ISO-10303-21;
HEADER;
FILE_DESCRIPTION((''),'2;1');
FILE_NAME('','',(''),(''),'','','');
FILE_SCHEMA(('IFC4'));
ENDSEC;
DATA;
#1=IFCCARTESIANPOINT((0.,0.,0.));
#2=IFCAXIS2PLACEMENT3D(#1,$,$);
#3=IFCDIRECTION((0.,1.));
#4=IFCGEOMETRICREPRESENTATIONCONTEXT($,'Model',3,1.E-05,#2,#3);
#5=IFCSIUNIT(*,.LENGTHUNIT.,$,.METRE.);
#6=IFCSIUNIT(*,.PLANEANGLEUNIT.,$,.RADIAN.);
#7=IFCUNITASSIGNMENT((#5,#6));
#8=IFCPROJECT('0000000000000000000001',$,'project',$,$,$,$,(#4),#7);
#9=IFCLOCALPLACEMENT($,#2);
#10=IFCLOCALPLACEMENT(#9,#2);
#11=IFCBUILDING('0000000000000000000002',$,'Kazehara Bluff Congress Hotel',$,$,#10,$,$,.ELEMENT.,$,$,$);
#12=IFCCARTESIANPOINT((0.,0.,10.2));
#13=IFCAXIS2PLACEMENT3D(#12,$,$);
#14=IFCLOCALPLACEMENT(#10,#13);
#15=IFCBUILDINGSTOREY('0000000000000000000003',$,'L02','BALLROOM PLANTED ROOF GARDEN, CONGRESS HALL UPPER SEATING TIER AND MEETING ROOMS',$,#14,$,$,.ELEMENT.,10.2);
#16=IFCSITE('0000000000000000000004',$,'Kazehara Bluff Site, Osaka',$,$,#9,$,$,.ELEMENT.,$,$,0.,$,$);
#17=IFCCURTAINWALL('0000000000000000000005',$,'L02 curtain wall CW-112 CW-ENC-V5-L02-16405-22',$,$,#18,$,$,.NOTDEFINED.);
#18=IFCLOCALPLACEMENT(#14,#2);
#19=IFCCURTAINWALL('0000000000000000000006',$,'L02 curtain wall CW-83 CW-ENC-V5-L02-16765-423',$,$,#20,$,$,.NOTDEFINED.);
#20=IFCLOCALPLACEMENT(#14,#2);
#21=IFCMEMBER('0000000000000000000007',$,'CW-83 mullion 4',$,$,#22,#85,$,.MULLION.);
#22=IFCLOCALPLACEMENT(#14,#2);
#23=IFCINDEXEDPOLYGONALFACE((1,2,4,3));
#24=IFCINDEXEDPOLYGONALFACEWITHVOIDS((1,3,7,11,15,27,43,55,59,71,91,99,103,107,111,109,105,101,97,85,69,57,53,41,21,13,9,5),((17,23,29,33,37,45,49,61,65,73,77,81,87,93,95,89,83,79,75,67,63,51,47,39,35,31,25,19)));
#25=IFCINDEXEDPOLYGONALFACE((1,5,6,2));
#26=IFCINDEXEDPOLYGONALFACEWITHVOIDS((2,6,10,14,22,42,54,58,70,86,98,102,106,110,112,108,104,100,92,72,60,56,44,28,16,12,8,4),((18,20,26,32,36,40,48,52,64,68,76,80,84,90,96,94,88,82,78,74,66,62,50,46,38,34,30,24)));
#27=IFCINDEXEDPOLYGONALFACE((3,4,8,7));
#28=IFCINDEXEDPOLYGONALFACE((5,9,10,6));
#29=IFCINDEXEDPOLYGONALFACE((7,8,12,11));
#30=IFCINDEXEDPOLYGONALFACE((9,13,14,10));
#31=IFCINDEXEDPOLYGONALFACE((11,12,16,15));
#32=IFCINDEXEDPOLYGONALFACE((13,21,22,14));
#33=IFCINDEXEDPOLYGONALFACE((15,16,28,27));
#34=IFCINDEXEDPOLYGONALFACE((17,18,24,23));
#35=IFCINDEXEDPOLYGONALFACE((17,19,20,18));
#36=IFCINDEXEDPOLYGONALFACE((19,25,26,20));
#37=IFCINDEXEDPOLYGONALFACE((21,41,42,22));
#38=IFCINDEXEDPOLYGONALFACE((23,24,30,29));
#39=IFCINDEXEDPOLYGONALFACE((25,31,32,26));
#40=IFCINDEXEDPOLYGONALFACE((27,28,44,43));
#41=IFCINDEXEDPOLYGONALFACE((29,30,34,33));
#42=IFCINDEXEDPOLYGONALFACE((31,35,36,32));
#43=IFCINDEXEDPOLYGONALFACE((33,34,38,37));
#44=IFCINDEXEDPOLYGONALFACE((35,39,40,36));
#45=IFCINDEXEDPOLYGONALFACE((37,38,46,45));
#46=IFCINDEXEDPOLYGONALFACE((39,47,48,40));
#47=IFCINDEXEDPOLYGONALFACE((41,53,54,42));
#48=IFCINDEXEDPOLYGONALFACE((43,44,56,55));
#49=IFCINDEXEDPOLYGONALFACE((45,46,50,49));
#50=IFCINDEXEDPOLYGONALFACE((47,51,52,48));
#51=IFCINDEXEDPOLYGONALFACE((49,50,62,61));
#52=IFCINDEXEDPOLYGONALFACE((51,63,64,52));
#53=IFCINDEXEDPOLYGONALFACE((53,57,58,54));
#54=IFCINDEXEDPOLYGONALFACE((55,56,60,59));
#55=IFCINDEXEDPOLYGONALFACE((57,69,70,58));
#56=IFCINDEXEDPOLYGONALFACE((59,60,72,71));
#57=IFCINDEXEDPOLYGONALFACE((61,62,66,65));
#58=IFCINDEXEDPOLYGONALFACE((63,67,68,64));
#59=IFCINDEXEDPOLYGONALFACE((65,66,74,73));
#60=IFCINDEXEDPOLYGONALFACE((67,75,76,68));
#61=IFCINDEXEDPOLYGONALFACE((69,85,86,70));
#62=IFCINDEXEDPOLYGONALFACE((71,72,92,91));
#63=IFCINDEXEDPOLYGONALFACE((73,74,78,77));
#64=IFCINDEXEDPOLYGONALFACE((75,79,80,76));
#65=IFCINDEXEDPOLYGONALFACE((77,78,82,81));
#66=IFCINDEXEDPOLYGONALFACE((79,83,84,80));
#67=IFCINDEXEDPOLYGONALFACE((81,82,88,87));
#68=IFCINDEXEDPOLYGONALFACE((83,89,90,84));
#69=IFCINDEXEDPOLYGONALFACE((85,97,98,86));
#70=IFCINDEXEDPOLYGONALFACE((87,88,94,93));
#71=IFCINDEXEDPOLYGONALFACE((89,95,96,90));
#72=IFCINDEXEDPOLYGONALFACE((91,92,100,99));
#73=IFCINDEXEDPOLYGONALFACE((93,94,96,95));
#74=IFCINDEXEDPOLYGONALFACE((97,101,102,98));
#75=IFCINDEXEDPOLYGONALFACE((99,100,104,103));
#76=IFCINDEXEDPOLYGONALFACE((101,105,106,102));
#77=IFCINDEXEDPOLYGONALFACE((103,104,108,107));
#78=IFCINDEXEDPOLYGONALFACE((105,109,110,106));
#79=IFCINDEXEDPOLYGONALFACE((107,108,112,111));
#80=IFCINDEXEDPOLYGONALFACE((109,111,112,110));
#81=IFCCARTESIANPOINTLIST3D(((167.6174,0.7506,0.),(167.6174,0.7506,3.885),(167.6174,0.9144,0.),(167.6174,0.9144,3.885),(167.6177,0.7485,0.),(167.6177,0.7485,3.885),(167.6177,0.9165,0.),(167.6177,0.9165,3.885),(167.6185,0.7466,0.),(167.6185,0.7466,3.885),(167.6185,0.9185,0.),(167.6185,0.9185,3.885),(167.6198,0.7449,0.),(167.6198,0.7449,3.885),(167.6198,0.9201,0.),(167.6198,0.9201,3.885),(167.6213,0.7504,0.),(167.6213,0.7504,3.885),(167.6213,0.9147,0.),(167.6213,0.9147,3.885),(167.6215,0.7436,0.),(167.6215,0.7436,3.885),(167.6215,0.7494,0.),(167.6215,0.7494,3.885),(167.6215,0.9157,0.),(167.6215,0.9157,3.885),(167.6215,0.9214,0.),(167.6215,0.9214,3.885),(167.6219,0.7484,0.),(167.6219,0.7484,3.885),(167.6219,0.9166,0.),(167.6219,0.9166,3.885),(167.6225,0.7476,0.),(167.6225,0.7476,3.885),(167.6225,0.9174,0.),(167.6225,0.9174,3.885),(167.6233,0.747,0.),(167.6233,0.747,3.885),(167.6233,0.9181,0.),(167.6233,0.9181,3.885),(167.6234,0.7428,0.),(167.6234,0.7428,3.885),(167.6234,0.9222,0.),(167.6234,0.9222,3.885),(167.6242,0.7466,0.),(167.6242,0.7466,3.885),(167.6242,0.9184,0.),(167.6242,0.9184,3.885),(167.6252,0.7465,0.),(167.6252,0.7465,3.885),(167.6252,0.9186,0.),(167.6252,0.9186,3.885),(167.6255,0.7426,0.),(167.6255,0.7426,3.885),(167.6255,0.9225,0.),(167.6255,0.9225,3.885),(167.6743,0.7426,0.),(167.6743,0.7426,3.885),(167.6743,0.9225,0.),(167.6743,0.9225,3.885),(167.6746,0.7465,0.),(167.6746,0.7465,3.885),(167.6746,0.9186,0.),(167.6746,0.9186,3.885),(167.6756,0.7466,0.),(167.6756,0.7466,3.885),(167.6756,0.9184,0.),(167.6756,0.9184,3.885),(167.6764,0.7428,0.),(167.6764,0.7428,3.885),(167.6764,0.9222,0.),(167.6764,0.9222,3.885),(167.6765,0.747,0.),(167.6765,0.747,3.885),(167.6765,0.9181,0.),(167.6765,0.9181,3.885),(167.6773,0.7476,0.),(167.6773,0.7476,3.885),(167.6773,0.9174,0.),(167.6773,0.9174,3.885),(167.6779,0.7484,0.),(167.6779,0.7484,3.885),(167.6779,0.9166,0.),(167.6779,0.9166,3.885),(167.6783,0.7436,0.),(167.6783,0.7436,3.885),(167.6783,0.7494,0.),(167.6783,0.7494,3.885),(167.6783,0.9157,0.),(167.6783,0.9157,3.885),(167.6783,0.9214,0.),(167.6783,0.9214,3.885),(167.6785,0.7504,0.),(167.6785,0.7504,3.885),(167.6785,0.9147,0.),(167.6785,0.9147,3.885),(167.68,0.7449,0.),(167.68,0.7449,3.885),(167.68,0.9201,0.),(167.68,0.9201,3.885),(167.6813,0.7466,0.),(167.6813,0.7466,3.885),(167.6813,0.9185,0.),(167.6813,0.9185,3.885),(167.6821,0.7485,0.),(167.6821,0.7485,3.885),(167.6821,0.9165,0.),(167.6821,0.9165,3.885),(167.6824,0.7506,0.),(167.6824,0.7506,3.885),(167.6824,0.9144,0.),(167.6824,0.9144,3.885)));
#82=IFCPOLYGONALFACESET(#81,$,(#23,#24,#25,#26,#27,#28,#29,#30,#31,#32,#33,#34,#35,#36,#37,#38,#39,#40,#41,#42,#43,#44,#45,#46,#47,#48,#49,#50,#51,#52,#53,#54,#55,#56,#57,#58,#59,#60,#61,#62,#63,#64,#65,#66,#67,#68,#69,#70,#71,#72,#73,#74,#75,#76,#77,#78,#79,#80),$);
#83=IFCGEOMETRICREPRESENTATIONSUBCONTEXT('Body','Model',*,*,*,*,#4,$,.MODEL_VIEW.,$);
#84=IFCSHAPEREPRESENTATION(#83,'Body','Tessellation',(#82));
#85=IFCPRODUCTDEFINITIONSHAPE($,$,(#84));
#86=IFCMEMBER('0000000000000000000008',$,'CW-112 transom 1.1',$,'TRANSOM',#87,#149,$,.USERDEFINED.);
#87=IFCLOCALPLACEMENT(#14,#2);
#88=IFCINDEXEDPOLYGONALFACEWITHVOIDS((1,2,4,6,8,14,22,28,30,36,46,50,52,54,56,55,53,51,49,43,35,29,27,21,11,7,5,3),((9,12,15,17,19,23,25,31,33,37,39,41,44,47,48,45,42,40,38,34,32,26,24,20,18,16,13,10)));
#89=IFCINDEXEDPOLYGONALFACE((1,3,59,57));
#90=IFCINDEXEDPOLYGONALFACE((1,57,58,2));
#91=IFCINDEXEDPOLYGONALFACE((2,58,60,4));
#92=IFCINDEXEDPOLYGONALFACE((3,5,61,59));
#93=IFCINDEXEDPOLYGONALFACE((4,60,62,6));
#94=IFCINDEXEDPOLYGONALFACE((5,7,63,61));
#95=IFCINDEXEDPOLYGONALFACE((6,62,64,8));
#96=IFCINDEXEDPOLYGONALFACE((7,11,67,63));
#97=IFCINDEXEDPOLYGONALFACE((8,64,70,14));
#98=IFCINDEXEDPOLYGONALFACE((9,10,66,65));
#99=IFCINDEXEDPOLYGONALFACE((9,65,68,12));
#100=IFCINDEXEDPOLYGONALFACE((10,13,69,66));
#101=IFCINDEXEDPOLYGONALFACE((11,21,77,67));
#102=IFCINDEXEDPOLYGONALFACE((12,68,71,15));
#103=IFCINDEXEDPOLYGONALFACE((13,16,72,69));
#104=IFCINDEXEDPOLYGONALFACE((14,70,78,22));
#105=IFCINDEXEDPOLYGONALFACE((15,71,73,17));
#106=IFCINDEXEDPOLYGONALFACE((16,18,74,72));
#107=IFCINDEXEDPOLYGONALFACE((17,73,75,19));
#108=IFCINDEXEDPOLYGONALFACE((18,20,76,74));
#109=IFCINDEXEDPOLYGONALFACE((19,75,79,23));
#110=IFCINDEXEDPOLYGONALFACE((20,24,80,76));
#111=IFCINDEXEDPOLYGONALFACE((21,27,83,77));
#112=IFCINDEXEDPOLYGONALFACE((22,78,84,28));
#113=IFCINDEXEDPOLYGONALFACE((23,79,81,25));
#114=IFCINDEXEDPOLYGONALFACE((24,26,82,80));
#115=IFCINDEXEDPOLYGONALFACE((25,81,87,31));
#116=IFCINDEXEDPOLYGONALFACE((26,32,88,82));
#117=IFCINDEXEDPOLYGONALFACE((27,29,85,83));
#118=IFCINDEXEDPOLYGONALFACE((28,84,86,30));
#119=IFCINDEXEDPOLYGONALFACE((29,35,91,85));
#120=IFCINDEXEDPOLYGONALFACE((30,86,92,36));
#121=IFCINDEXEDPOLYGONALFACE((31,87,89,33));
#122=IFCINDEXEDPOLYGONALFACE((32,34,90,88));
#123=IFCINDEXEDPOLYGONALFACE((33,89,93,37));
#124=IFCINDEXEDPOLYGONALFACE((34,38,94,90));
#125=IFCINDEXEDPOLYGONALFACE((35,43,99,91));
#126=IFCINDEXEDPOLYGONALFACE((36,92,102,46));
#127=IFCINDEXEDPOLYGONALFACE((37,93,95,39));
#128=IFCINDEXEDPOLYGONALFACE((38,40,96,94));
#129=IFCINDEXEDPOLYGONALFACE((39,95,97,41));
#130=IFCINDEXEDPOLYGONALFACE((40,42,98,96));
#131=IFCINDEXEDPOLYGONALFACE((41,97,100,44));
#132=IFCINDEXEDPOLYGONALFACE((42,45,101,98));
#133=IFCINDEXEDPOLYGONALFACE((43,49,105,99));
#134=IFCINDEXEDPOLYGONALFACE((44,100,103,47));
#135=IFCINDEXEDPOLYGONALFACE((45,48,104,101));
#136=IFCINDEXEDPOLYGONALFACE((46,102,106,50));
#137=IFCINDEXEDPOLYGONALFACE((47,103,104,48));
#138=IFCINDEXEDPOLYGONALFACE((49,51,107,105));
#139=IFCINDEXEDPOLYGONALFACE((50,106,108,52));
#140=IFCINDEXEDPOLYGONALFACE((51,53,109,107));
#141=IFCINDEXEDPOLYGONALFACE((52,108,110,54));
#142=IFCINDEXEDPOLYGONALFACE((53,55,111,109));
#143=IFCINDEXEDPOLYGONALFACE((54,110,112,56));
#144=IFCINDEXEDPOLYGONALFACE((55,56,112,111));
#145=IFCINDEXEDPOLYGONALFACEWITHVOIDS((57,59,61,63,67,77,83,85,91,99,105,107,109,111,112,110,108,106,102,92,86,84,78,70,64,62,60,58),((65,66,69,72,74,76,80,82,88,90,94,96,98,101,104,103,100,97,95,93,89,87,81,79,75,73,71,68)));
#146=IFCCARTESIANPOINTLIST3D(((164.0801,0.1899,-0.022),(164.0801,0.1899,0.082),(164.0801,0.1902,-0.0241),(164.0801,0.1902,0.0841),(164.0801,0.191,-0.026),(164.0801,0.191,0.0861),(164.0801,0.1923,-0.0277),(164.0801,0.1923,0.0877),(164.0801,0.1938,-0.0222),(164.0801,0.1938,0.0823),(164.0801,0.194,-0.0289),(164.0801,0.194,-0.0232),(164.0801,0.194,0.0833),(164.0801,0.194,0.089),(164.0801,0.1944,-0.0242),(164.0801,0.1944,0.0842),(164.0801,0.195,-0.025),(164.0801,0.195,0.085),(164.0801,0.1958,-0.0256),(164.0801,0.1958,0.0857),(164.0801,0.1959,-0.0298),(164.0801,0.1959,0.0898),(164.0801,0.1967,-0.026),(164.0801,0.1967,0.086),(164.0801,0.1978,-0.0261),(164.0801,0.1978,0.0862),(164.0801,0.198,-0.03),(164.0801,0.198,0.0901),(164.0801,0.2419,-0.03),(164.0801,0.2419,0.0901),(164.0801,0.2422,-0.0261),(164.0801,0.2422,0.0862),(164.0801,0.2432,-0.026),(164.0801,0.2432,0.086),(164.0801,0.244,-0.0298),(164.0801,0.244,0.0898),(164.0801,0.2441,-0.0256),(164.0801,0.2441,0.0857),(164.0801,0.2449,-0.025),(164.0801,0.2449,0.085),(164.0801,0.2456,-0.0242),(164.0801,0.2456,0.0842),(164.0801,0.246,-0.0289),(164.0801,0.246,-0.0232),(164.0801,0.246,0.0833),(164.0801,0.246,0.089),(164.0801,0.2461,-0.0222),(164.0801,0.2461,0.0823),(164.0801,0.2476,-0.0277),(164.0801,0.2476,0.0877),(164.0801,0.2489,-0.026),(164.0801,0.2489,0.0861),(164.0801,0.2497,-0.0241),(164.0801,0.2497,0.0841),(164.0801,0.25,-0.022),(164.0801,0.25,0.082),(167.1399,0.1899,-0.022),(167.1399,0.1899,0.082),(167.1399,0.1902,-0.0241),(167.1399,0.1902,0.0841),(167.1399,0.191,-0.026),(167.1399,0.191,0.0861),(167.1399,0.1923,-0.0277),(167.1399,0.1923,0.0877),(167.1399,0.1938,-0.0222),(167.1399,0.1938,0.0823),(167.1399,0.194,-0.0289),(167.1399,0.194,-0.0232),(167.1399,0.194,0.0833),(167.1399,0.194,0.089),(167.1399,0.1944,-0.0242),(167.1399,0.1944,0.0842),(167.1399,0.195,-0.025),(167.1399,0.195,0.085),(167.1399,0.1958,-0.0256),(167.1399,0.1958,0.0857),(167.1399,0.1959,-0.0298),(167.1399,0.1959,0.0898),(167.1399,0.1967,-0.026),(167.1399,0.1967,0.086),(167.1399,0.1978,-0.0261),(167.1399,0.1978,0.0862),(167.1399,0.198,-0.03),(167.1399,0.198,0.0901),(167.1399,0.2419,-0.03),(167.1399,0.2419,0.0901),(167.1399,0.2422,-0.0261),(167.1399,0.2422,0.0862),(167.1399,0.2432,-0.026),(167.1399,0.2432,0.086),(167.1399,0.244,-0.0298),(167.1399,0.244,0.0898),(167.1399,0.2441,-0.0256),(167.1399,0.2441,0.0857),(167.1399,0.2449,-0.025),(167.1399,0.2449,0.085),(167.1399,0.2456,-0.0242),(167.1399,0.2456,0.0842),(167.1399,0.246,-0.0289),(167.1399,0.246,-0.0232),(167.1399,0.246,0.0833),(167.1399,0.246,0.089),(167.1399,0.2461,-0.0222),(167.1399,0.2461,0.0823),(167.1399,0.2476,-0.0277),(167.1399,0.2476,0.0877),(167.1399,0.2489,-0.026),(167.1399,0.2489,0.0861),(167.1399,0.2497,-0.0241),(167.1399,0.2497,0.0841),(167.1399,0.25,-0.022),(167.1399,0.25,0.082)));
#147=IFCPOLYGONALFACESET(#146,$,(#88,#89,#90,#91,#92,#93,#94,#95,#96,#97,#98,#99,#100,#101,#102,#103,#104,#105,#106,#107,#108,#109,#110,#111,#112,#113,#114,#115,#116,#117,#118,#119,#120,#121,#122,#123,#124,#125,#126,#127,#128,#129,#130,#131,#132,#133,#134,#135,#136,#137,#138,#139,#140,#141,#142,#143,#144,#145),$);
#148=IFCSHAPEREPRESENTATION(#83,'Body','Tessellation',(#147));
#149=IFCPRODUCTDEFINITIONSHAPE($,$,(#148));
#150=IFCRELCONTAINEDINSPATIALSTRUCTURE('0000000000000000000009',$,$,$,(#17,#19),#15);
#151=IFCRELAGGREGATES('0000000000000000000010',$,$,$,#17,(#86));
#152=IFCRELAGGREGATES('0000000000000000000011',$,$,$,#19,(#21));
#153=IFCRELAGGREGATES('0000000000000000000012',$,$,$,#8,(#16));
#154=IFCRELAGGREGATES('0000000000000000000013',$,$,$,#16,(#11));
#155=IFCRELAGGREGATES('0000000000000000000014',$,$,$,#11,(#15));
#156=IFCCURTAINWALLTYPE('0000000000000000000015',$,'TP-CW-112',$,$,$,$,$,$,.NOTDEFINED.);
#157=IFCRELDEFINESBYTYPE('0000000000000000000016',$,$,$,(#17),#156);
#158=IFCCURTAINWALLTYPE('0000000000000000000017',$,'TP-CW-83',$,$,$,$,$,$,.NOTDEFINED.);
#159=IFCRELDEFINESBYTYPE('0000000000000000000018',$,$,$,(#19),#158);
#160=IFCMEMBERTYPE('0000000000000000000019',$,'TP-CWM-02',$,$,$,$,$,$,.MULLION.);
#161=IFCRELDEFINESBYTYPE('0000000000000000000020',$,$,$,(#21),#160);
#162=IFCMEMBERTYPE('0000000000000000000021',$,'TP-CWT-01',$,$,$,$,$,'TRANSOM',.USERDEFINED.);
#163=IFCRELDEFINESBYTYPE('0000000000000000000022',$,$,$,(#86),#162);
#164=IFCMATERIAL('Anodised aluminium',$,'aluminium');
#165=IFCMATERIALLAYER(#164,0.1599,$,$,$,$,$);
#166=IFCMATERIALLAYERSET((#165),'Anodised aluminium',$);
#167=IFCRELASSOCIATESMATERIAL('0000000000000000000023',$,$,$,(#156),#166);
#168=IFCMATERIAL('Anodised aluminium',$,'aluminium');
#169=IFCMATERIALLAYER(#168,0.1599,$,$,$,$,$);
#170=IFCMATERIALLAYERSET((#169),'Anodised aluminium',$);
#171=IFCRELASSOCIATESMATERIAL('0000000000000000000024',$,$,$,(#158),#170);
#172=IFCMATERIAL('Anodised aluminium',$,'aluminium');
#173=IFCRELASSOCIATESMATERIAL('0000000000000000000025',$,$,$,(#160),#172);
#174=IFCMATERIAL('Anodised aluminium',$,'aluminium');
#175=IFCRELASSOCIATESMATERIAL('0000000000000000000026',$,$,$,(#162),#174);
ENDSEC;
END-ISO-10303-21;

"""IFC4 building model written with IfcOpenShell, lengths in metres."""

from ifc_helpers import new_model, si_unit, direction, frame, origin, origin_2d, place, context, subcontext, project, spatial, hollow_rectangle, extrude, material, layer, layer_set, material_profile, profile_set, type_object, element, aggregate, save


model = new_model("IFC4")

# Units and contexts
model_context = context("Model", 3, precision=1e-05, world=origin(), true_north=direction((0.0, 1.0)))
body_context = subcontext(model_context, "Body", "Model", "MODEL_VIEW")
ifc_project = project(units=[si_unit("LENGTHUNIT", "METRE"), si_unit("PLANEANGLEUNIT", "RADIAN")], contexts=[model_context])

# Site, building, storey
site_placement = place(None, origin())
site = spatial("IfcSite", under=ifc_project, at=site_placement, Name="Kazehara Bluff Site, Osaka", CompositionType="ELEMENT", RefElevation=0.0)
building_placement = place(site_placement, origin())
building = spatial("IfcBuilding", under=site, at=building_placement, Name="Kazehara Bluff Congress Hotel", CompositionType="ELEMENT")
storey_placement = place(building_placement, frame((0.0, 0.0, 10.2)))
storey = spatial("IfcBuildingStorey", under=building, at=storey_placement, Name="L02", Description="BALLROOM PLANTED ROOF GARDEN, CONGRESS HALL UPPER SEATING TIER AND MEETING ROOMS", CompositionType="ELEMENT", Elevation=10.2)

# Curtain walls, member
ifc_material_1 = material(Name="Anodised aluminium", Category="aluminium")
ifc_layer_1 = layer(ifc_material_1, 0.1599)
ifc_layer_set_1 = layer_set([ifc_layer_1], Name="Anodised aluminium")
curtain_wall_type_1 = type_object("IfcCurtainWallType", Name="TP-CW-112", PredefinedType="NOTDEFINED", material=ifc_layer_set_1)
curtain_wall_1_placement = place(storey_placement, origin())
curtain_wall_1 = element("IfcCurtainWall", 1, at=curtain_wall_1_placement, inside=storey, type_object=curtain_wall_type_1, Name="L02 curtain wall CW-112 CW-ENC-V5-L02-16405-22", PredefinedType="NOTDEFINED")
ifc_material_2 = material(Name="Anodised aluminium", Category="aluminium")
ifc_layer_2 = layer(ifc_material_2, 0.1599)
ifc_layer_set_2 = layer_set([ifc_layer_2], Name="Anodised aluminium")
curtain_wall_type_2 = type_object("IfcCurtainWallType", Name="TP-CW-83", PredefinedType="NOTDEFINED", material=ifc_layer_set_2)
curtain_wall_2_placement = place(storey_placement, origin())
curtain_wall_2 = element("IfcCurtainWall", 2, at=curtain_wall_2_placement, inside=storey, type_object=curtain_wall_type_2, Name="L02 curtain wall CW-83 CW-ENC-V5-L02-16765-423", PredefinedType="NOTDEFINED")
ifc_material_3 = material(Name="Anodised aluminium", Category="aluminium")
ifc_material_profile_1 = material_profile(ifc_material_3, hollow_rectangle(XDim=0.0649, YDim=0.1799, WallThickness=0.0039, InnerFilletRadius=0.0039, OuterFilletRadius=0.0081, at=origin_2d()))
ifc_profile_set_1 = profile_set([ifc_material_profile_1], Name="Anodised aluminium")
member_type_1 = type_object("IfcMemberType", Name="TP-CWM-02", PredefinedType="MULLION", material=ifc_profile_set_1)
member_1_placement = place(storey_placement, frame((167.6499, 0.8325, 0.0), z_axis=(0.0, 0.0, 1.0), x_axis=(1.0, 0.0, 0.0)))
member_1 = element("IfcMember", 3, at=member_1_placement, type_object=member_type_1, Name="CW-83 mullion 4", PredefinedType="MULLION", context=body_context, shape_type="SweptSolid", body=[
    extrude(hollow_rectangle(XDim=0.0649, YDim=0.1799, WallThickness=0.0039, InnerFilletRadius=0.0039, OuterFilletRadius=0.0081, at=origin_2d()), origin(), (0.0, 0.0, 1.0), 3.885),
])

# Member
ifc_material_4 = material(Name="Anodised aluminium", Category="aluminium")
ifc_material_profile_2 = material_profile(ifc_material_4, hollow_rectangle(XDim=0.0601, YDim=0.1201, WallThickness=0.0039, InnerFilletRadius=0.0039, OuterFilletRadius=0.0081, at=origin_2d()))
ifc_profile_set_2 = profile_set([ifc_material_profile_2], Name="Anodised aluminium")
member_type_2 = type_object("IfcMemberType", Name="TP-CWT-01", ElementType="TRANSOM", PredefinedType="USERDEFINED", material=ifc_profile_set_2)
member_2_placement = place(storey_placement, frame((167.1399, 0.22, 0.03), z_axis=(-1.0, 0.0, 0.0), x_axis=(0.0, -1.0, 0.0)))
member_2 = element("IfcMember", 4, at=member_2_placement, type_object=member_type_2, Name="CW-112 transom 1.1", ObjectType="TRANSOM", PredefinedType="USERDEFINED", context=body_context, shape_type="SweptSolid", body=[
    extrude(hollow_rectangle(XDim=0.0601, YDim=0.1201, WallThickness=0.0039, InnerFilletRadius=0.0039, OuterFilletRadius=0.0081, at=origin_2d()), origin(), (0.0, 0.0, 1.0), 3.0598),
])

aggregate(curtain_wall_1, [member_2])
aggregate(curtain_wall_2, [member_1])

save(model, "model.ifc")
